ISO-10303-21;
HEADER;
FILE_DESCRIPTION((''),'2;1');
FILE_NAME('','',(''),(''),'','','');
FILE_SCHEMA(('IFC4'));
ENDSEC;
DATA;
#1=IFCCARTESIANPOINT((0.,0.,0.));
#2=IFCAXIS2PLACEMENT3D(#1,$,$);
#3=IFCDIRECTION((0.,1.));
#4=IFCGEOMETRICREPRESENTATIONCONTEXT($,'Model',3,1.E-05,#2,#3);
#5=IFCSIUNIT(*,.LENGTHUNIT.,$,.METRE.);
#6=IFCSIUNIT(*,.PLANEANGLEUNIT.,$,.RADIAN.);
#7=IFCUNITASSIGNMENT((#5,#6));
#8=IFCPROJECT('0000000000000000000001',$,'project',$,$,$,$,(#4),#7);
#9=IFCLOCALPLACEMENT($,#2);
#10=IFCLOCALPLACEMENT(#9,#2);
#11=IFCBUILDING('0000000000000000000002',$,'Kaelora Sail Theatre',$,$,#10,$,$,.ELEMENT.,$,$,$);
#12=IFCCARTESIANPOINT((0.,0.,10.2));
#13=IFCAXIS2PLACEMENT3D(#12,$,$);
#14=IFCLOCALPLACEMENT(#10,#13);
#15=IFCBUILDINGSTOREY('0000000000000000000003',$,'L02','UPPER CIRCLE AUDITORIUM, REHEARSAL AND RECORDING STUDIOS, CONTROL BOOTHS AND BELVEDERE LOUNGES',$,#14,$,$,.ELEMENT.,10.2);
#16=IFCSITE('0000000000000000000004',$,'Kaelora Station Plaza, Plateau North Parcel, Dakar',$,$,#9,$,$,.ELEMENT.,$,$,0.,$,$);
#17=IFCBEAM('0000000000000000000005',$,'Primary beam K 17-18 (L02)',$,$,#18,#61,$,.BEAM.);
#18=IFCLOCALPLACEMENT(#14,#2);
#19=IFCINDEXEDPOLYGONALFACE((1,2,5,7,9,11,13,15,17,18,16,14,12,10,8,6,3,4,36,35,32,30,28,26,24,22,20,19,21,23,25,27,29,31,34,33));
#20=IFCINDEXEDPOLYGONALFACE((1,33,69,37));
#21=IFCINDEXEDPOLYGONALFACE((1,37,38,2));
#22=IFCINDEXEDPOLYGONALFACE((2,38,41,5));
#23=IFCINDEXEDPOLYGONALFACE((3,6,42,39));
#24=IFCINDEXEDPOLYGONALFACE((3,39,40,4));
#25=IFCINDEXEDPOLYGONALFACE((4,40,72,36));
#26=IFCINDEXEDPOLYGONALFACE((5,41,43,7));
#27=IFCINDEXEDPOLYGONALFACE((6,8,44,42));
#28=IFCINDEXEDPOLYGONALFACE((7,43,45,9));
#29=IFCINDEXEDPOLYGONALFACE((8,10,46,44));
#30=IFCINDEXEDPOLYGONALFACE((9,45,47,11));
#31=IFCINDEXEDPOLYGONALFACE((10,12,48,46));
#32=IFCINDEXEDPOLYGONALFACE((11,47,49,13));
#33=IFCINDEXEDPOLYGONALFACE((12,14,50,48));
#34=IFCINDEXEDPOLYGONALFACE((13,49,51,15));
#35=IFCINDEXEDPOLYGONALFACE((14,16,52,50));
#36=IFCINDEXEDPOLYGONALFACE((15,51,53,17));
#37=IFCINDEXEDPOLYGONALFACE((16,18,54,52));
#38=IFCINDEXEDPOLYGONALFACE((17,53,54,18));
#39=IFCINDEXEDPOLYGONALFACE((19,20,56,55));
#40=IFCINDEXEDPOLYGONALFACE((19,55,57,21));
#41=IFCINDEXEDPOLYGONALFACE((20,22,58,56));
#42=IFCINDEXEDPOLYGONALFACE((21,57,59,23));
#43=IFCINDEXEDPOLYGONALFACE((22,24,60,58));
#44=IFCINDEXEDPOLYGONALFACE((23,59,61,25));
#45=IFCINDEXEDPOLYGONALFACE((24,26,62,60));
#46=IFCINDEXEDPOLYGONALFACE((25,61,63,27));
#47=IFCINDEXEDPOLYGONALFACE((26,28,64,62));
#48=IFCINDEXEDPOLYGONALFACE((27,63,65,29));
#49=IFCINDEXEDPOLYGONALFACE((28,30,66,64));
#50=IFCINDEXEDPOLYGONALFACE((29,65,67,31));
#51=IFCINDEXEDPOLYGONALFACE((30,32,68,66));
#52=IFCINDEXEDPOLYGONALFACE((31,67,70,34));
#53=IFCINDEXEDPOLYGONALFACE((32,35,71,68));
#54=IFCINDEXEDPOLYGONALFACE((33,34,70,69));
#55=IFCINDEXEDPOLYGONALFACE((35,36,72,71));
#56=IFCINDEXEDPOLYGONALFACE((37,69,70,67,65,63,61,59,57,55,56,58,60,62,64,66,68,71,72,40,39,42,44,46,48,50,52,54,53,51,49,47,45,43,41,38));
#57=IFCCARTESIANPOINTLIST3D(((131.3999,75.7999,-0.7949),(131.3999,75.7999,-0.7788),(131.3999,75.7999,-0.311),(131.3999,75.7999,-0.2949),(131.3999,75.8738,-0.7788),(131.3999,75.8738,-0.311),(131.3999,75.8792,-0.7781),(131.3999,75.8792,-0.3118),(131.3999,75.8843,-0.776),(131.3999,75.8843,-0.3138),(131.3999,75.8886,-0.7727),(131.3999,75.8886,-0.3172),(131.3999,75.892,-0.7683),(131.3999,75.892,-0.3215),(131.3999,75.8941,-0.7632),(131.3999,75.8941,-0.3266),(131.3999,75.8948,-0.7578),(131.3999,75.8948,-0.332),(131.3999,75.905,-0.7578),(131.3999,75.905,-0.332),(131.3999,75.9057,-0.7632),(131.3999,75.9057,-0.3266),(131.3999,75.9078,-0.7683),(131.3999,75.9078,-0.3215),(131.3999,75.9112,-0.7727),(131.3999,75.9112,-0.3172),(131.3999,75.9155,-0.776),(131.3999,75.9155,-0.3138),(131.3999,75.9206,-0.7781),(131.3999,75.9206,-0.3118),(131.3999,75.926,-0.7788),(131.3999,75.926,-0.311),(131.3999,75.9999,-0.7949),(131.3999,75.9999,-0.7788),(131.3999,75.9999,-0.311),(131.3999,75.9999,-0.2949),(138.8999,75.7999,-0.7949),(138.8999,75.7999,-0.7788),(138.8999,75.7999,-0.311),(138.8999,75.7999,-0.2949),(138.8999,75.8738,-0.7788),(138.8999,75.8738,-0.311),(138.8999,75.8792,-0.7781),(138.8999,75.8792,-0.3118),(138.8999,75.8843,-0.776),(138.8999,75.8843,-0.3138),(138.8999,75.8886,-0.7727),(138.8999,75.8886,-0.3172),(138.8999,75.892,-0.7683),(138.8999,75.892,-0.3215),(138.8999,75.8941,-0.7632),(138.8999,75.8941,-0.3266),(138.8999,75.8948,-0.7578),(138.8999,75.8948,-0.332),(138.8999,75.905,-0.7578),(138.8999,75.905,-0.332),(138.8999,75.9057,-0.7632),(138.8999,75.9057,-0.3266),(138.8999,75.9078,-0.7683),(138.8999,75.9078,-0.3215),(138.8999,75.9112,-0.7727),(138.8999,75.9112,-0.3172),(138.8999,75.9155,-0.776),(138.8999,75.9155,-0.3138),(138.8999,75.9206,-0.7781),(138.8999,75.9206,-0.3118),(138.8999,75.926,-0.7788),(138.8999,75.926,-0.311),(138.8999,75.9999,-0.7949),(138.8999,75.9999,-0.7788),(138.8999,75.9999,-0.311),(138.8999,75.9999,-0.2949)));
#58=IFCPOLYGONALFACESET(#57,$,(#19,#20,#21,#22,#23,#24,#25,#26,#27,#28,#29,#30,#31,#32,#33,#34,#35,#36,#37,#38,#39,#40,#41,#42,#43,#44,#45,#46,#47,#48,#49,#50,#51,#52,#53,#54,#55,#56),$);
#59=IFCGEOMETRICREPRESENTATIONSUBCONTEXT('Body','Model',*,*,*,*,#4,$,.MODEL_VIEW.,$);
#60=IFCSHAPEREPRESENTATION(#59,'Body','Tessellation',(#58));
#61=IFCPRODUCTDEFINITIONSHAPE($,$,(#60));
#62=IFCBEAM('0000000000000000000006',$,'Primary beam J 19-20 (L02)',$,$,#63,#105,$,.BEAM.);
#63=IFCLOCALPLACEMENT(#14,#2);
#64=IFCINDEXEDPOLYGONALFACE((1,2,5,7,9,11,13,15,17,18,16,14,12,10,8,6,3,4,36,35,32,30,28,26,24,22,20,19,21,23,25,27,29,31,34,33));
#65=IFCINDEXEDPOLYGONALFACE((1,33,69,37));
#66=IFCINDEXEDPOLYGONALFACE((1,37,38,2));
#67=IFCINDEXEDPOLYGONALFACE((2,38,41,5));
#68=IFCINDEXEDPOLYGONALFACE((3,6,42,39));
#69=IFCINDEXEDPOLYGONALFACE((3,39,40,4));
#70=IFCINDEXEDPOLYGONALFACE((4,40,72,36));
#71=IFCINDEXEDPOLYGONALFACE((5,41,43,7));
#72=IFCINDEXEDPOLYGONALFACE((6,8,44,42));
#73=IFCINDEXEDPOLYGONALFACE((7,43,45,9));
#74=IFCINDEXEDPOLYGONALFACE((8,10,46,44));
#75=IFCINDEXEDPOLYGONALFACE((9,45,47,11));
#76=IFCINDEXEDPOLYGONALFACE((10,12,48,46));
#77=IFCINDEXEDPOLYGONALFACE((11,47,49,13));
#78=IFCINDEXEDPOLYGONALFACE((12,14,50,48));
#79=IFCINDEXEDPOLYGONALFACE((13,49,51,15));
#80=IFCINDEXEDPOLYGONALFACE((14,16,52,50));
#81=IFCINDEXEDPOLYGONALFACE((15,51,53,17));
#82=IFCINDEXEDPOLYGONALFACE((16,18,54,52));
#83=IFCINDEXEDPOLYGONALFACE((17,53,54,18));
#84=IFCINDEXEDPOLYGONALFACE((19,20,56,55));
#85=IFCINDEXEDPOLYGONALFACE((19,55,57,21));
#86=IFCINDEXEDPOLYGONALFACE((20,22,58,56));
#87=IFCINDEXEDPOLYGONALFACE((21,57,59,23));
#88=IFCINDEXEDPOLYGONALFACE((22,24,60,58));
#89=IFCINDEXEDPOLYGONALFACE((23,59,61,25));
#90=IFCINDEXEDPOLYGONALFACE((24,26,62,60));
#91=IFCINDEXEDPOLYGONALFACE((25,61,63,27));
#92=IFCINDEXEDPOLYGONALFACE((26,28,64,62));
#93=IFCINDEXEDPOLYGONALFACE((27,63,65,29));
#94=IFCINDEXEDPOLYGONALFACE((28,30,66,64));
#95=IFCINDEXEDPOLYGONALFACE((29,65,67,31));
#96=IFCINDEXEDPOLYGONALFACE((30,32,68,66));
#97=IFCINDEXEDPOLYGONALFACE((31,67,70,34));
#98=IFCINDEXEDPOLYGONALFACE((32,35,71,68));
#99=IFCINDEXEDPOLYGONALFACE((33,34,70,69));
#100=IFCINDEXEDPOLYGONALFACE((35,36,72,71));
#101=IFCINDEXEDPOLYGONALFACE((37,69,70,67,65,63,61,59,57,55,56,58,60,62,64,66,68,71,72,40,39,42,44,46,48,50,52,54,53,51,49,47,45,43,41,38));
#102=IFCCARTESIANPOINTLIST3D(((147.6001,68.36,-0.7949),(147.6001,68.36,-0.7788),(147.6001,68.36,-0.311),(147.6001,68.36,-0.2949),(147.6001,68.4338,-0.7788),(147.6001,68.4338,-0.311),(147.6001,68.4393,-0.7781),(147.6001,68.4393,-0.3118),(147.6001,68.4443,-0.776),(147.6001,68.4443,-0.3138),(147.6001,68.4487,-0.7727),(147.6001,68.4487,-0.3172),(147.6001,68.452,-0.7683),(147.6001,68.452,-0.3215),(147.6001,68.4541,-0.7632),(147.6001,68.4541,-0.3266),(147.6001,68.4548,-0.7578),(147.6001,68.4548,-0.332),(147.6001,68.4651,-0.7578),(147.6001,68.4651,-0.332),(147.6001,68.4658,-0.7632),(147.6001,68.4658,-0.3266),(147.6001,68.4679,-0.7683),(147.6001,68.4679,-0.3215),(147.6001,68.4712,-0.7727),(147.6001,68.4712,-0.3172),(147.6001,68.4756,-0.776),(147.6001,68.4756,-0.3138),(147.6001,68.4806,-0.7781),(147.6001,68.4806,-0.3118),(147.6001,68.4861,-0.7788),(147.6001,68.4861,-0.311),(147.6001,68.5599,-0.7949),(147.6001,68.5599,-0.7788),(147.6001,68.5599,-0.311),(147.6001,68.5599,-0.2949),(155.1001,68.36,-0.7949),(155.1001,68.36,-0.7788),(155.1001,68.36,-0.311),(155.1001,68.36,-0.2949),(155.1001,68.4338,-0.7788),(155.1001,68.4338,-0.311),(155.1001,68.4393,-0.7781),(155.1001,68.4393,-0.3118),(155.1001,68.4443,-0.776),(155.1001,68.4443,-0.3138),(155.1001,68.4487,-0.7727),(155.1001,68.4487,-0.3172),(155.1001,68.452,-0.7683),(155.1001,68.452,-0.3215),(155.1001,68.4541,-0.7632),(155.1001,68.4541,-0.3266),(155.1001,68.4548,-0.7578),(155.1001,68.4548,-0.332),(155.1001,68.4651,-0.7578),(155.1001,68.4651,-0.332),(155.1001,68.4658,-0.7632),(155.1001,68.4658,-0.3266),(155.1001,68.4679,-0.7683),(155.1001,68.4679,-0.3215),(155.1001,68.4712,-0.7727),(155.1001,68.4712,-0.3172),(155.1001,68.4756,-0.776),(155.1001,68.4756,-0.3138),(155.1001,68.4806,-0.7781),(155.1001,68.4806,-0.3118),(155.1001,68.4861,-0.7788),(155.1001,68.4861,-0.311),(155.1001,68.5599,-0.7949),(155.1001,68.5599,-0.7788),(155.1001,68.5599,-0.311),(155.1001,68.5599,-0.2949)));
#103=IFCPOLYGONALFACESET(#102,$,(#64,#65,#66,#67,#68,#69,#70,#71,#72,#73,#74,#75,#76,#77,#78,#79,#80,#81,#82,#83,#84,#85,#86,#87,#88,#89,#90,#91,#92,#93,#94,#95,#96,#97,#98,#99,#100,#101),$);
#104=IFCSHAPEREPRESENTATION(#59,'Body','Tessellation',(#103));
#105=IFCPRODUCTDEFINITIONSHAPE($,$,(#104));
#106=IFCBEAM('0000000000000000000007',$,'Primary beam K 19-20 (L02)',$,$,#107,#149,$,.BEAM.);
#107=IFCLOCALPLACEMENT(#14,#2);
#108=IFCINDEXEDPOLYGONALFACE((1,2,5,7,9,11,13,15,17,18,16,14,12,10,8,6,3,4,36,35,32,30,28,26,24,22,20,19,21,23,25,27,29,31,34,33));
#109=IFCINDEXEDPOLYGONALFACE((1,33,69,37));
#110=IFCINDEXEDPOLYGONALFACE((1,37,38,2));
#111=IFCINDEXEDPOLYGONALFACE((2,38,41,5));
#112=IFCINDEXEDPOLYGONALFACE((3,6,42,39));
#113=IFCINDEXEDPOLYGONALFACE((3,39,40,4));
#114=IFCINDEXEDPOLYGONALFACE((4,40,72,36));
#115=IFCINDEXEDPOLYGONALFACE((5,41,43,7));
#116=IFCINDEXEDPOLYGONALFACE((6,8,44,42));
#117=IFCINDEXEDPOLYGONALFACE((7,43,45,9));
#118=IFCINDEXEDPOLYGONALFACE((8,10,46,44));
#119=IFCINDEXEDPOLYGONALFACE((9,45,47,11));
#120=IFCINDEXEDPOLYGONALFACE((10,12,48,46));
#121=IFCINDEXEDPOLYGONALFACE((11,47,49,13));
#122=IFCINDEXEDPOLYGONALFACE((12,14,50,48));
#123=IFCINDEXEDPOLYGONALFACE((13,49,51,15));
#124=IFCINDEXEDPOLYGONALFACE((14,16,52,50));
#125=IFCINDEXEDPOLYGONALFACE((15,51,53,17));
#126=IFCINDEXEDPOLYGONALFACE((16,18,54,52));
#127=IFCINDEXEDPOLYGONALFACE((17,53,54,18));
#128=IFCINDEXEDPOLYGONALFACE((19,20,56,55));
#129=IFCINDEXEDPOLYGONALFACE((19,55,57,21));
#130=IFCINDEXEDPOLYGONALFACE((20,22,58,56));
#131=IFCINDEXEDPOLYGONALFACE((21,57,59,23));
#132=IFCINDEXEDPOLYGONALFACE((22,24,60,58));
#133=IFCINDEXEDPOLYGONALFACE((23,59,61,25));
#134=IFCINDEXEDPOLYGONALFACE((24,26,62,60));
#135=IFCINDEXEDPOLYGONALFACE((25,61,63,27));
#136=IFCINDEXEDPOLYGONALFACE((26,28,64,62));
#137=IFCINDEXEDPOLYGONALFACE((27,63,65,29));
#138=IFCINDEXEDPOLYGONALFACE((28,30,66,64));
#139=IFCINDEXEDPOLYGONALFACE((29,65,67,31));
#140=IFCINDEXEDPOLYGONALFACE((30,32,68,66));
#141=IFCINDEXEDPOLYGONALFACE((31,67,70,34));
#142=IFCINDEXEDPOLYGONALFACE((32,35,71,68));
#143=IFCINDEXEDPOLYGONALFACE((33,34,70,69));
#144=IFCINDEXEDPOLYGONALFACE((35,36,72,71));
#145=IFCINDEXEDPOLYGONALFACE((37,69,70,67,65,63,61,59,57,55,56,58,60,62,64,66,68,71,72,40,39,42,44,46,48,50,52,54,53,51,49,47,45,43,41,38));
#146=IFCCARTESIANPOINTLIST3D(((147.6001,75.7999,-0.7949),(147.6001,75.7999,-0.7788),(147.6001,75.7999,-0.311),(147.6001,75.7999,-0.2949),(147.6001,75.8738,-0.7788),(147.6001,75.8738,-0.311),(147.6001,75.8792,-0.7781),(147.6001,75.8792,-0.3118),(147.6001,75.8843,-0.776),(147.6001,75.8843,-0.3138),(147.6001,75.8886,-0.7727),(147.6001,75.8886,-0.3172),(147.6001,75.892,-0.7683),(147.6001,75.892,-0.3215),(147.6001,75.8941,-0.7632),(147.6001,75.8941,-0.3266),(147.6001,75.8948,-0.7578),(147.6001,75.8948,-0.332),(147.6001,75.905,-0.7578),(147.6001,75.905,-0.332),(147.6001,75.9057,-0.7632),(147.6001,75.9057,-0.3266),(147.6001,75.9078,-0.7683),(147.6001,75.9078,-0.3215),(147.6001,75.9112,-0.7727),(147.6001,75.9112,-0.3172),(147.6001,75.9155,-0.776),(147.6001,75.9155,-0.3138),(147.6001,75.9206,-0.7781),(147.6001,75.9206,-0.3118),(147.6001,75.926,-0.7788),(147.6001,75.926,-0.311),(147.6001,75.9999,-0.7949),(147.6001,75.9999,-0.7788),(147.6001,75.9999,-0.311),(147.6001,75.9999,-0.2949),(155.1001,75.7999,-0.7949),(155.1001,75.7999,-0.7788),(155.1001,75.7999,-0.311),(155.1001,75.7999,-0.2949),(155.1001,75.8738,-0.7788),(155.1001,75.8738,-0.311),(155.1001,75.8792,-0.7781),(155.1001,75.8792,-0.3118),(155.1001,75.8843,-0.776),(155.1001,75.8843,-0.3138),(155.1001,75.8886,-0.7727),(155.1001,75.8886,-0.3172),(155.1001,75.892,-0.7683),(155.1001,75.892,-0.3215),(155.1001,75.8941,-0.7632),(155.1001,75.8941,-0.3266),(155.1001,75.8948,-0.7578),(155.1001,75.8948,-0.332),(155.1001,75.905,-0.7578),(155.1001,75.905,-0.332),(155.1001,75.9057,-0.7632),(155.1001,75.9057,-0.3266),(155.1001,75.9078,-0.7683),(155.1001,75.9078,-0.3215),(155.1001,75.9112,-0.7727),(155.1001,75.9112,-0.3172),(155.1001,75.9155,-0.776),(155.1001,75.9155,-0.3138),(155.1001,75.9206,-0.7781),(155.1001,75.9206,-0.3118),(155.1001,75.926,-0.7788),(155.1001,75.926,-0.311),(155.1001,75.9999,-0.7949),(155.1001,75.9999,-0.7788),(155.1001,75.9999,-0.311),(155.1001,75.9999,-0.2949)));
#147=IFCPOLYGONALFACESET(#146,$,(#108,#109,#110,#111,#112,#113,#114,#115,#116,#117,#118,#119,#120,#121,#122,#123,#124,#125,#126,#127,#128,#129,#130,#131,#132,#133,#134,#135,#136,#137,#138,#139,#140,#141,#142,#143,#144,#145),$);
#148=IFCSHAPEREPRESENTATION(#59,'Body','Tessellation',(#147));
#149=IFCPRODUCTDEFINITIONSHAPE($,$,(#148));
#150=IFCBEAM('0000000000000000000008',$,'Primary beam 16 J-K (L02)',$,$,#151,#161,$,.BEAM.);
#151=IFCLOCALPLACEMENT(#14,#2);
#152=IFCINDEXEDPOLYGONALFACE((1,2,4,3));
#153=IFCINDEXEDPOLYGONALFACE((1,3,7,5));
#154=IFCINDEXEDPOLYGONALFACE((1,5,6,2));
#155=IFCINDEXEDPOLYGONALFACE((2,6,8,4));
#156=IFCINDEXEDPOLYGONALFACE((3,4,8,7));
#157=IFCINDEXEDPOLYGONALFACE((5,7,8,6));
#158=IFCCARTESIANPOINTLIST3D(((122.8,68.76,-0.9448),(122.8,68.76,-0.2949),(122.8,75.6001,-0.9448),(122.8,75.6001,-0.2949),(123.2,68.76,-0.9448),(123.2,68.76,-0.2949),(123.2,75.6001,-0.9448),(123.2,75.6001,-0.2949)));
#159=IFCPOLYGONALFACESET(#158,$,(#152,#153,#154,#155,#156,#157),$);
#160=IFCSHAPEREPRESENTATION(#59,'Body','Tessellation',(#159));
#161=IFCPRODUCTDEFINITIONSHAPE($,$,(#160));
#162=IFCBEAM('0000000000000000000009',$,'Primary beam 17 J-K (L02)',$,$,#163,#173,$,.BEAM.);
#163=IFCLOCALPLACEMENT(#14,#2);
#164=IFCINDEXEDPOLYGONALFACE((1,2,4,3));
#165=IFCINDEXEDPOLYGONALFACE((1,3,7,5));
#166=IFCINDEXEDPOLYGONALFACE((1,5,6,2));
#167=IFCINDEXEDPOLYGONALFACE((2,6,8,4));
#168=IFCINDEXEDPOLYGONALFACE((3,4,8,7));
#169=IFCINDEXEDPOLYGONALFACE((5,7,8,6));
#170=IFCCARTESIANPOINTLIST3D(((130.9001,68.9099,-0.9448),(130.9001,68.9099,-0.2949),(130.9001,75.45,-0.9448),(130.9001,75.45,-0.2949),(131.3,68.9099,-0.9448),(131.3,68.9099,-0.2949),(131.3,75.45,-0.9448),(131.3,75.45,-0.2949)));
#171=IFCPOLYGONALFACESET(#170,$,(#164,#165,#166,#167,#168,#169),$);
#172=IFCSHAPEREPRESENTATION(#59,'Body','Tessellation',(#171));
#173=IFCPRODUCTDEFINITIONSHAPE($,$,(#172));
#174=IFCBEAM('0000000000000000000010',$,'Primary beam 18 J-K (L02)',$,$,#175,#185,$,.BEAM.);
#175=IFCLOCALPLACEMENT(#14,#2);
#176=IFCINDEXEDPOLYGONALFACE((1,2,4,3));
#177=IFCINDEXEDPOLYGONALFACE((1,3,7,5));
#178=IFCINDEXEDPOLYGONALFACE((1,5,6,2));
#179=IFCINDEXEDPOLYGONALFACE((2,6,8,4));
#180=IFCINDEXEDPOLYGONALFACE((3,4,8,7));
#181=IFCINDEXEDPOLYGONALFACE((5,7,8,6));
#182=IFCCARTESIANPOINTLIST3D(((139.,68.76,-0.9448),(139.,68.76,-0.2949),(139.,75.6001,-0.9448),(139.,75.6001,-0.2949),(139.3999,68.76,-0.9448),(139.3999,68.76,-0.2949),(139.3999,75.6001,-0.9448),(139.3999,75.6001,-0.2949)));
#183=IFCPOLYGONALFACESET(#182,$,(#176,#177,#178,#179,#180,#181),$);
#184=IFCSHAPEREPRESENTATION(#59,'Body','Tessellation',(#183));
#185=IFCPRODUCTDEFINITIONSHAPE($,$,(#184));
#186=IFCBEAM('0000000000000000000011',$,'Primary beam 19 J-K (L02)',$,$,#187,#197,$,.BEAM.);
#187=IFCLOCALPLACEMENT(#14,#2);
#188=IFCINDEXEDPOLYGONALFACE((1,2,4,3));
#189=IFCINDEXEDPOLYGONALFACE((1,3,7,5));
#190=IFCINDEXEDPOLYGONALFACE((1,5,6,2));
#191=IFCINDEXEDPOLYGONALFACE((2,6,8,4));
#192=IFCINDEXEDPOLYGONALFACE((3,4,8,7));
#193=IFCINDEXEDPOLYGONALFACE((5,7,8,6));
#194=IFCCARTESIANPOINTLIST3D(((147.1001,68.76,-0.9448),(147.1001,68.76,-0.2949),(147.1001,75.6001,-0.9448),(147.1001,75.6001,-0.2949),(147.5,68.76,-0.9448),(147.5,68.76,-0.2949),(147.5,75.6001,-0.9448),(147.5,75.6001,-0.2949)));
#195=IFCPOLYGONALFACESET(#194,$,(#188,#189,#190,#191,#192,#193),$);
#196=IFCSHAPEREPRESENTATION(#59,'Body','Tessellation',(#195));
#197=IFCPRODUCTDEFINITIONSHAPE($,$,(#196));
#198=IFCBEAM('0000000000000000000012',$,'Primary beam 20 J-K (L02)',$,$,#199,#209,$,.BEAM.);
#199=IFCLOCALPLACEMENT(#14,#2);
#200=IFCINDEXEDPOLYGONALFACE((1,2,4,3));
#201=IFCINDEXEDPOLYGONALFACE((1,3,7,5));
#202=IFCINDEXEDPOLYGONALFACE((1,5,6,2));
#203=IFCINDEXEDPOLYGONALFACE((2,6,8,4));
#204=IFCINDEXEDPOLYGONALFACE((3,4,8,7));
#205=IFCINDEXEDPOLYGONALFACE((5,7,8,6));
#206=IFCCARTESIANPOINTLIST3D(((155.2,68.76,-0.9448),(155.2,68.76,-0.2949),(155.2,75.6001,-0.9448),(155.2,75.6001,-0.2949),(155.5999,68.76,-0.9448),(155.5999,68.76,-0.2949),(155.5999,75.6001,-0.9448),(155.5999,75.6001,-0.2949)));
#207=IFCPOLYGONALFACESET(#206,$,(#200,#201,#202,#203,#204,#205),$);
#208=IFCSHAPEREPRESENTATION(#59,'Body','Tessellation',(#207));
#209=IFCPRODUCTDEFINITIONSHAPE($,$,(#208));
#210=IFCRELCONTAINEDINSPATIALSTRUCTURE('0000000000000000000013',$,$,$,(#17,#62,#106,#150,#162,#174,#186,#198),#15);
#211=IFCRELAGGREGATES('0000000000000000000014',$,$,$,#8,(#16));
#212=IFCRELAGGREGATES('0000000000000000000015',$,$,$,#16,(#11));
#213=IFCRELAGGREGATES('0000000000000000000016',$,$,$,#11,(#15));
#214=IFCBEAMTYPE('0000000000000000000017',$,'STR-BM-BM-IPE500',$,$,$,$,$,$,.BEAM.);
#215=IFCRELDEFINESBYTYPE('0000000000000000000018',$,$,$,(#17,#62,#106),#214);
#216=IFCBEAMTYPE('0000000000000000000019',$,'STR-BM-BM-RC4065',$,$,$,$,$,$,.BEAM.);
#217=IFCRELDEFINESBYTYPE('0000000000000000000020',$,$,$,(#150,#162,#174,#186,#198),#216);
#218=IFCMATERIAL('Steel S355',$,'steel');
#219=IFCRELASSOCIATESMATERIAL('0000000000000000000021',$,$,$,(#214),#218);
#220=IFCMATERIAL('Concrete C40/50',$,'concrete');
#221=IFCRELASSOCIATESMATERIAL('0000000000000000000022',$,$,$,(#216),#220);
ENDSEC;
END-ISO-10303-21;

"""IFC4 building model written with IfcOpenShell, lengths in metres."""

from ifc_helpers import new_model, si_unit, direction, frame, origin, origin_2d, place, context, subcontext, project, spatial, rectangle, i_section, extrude, material, material_profile, profile_set, type_object, element, save


model = new_model("IFC4")

# Units and contexts
model_context = context("Model", 3, precision=1e-05, world=origin(), true_north=direction((0.0, 1.0)))
body_context = subcontext(model_context, "Body", "Model", "MODEL_VIEW")
ifc_project = project(units=[si_unit("LENGTHUNIT", "METRE"), si_unit("PLANEANGLEUNIT", "RADIAN")], contexts=[model_context])

# Site, building, storey
site_placement = place(None, origin())
site = spatial("IfcSite", under=ifc_project, at=site_placement, Name="Kaelora Station Plaza, Plateau North Parcel, Dakar", CompositionType="ELEMENT", RefElevation=0.0)
building_placement = place(site_placement, origin())
building = spatial("IfcBuilding", under=site, at=building_placement, Name="Kaelora Sail Theatre", CompositionType="ELEMENT")
storey_placement = place(building_placement, frame((0.0, 0.0, 10.2)))
storey = spatial("IfcBuildingStorey", under=building, at=storey_placement, Name="L02", Description="UPPER CIRCLE AUDITORIUM, REHEARSAL AND RECORDING STUDIOS, CONTROL BOOTHS AND BELVEDERE LOUNGES", CompositionType="ELEMENT", Elevation=10.2)

# Beams
ifc_material_1 = material(Name="Steel S355", Category="steel")
ifc_material_profile_1 = material_profile(ifc_material_1, i_section(OverallWidth=0.2, OverallDepth=0.5, WebThickness=0.0103, FlangeThickness=0.0161, FilletRadius=0.021, at=origin_2d()), Name="IPE 500")
ifc_profile_set_1 = profile_set([ifc_material_profile_1], Name="Steel S355")
beam_type_1 = type_object("IfcBeamType", Name="STR-BM-BM-IPE500", PredefinedType="BEAM", material=ifc_profile_set_1)
for number, where, z_axis, x_axis, name in (
    (1, (131.3999, 75.8999, -0.5449), (1.0, 0.0, 0.0), (0.0, 1.0, 0.0), "Primary beam K 17-18 (L02)"),
    (2, (147.6001, 68.46, -0.5449), (1.0, 0.0, 0.0), (0.0, 1.0, 0.0), "Primary beam J 19-20 (L02)"),
    (3, (147.6001, 75.8999, -0.5449), (1.0, 0.0, 0.0), (0.0, 1.0, 0.0), "Primary beam K 19-20 (L02)"),
):
    element("IfcBeam", number, at=place(storey_placement, frame(where, z_axis=z_axis, x_axis=x_axis)), inside=storey, type_object=beam_type_1, Name=name, PredefinedType="BEAM", context=body_context, shape_type="SweptSolid", body=[
        extrude(i_section(OverallWidth=0.2, OverallDepth=0.5, WebThickness=0.0103, FlangeThickness=0.0161, FilletRadius=0.021, at=origin_2d()), origin(), (0.0, 0.0, 1.0), 7.5),
    ])
ifc_material_2 = material(Name="Concrete C40/50", Category="concrete")
ifc_material_profile_2 = material_profile(ifc_material_2, rectangle(XDim=0.3999, YDim=0.6499, at=origin_2d()), Name="RC-BM 400x650")
ifc_profile_set_2 = profile_set([ifc_material_profile_2], Name="Concrete C40/50")
beam_type_2 = type_object("IfcBeamType", Name="STR-BM-BM-RC4065", PredefinedType="BEAM", material=ifc_profile_set_2)
beam_1_placement = place(storey_placement, frame((123.0, 68.76, -0.6199), z_axis=(0.0, 1.0, 0.0), x_axis=(-1.0, 0.0, 0.0)))
element("IfcBeam", 4, at=beam_1_placement, inside=storey, type_object=beam_type_2, Name="Primary beam 16 J-K (L02)", PredefinedType="BEAM", context=body_context, shape_type="SweptSolid", body=[
    extrude(rectangle(XDim=0.3999, YDim=0.6499, at=origin_2d()), origin(), (0.0, 0.0, 1.0), 6.8401),
])
beam_2_placement = place(storey_placement, frame((131.1001, 68.9099, -0.6199), z_axis=(0.0, 1.0, 0.0), x_axis=(-1.0, 0.0, 0.0)))
element("IfcBeam", 5, at=beam_2_placement, inside=storey, type_object=beam_type_2, Name="Primary beam 17 J-K (L02)", PredefinedType="BEAM", context=body_context, shape_type="SweptSolid", body=[
    extrude(rectangle(XDim=0.3999, YDim=0.6499, at=origin_2d()), origin(), (0.0, 0.0, 1.0), 6.54),
])
for number, where, z_axis, x_axis, name in (
    (6, (139.2, 68.76, -0.6199), (0.0, 1.0, 0.0), (-1.0, 0.0, 0.0), "Primary beam 18 J-K (L02)"),
    (7, (147.3, 68.76, -0.6199), (0.0, 1.0, 0.0), (-1.0, 0.0, 0.0), "Primary beam 19 J-K (L02)"),
    (8, (155.3999, 68.76, -0.6199), (0.0, 1.0, 0.0), (-1.0, 0.0, 0.0), "Primary beam 20 J-K (L02)"),
):
    element("IfcBeam", number, at=place(storey_placement, frame(where, z_axis=z_axis, x_axis=x_axis)), inside=storey, type_object=beam_type_2, Name=name, PredefinedType="BEAM", context=body_context, shape_type="SweptSolid", body=[
        extrude(rectangle(XDim=0.3999, YDim=0.6499, at=origin_2d()), origin(), (0.0, 0.0, 1.0), 6.8401),
    ])

save(model, "model.ifc")
